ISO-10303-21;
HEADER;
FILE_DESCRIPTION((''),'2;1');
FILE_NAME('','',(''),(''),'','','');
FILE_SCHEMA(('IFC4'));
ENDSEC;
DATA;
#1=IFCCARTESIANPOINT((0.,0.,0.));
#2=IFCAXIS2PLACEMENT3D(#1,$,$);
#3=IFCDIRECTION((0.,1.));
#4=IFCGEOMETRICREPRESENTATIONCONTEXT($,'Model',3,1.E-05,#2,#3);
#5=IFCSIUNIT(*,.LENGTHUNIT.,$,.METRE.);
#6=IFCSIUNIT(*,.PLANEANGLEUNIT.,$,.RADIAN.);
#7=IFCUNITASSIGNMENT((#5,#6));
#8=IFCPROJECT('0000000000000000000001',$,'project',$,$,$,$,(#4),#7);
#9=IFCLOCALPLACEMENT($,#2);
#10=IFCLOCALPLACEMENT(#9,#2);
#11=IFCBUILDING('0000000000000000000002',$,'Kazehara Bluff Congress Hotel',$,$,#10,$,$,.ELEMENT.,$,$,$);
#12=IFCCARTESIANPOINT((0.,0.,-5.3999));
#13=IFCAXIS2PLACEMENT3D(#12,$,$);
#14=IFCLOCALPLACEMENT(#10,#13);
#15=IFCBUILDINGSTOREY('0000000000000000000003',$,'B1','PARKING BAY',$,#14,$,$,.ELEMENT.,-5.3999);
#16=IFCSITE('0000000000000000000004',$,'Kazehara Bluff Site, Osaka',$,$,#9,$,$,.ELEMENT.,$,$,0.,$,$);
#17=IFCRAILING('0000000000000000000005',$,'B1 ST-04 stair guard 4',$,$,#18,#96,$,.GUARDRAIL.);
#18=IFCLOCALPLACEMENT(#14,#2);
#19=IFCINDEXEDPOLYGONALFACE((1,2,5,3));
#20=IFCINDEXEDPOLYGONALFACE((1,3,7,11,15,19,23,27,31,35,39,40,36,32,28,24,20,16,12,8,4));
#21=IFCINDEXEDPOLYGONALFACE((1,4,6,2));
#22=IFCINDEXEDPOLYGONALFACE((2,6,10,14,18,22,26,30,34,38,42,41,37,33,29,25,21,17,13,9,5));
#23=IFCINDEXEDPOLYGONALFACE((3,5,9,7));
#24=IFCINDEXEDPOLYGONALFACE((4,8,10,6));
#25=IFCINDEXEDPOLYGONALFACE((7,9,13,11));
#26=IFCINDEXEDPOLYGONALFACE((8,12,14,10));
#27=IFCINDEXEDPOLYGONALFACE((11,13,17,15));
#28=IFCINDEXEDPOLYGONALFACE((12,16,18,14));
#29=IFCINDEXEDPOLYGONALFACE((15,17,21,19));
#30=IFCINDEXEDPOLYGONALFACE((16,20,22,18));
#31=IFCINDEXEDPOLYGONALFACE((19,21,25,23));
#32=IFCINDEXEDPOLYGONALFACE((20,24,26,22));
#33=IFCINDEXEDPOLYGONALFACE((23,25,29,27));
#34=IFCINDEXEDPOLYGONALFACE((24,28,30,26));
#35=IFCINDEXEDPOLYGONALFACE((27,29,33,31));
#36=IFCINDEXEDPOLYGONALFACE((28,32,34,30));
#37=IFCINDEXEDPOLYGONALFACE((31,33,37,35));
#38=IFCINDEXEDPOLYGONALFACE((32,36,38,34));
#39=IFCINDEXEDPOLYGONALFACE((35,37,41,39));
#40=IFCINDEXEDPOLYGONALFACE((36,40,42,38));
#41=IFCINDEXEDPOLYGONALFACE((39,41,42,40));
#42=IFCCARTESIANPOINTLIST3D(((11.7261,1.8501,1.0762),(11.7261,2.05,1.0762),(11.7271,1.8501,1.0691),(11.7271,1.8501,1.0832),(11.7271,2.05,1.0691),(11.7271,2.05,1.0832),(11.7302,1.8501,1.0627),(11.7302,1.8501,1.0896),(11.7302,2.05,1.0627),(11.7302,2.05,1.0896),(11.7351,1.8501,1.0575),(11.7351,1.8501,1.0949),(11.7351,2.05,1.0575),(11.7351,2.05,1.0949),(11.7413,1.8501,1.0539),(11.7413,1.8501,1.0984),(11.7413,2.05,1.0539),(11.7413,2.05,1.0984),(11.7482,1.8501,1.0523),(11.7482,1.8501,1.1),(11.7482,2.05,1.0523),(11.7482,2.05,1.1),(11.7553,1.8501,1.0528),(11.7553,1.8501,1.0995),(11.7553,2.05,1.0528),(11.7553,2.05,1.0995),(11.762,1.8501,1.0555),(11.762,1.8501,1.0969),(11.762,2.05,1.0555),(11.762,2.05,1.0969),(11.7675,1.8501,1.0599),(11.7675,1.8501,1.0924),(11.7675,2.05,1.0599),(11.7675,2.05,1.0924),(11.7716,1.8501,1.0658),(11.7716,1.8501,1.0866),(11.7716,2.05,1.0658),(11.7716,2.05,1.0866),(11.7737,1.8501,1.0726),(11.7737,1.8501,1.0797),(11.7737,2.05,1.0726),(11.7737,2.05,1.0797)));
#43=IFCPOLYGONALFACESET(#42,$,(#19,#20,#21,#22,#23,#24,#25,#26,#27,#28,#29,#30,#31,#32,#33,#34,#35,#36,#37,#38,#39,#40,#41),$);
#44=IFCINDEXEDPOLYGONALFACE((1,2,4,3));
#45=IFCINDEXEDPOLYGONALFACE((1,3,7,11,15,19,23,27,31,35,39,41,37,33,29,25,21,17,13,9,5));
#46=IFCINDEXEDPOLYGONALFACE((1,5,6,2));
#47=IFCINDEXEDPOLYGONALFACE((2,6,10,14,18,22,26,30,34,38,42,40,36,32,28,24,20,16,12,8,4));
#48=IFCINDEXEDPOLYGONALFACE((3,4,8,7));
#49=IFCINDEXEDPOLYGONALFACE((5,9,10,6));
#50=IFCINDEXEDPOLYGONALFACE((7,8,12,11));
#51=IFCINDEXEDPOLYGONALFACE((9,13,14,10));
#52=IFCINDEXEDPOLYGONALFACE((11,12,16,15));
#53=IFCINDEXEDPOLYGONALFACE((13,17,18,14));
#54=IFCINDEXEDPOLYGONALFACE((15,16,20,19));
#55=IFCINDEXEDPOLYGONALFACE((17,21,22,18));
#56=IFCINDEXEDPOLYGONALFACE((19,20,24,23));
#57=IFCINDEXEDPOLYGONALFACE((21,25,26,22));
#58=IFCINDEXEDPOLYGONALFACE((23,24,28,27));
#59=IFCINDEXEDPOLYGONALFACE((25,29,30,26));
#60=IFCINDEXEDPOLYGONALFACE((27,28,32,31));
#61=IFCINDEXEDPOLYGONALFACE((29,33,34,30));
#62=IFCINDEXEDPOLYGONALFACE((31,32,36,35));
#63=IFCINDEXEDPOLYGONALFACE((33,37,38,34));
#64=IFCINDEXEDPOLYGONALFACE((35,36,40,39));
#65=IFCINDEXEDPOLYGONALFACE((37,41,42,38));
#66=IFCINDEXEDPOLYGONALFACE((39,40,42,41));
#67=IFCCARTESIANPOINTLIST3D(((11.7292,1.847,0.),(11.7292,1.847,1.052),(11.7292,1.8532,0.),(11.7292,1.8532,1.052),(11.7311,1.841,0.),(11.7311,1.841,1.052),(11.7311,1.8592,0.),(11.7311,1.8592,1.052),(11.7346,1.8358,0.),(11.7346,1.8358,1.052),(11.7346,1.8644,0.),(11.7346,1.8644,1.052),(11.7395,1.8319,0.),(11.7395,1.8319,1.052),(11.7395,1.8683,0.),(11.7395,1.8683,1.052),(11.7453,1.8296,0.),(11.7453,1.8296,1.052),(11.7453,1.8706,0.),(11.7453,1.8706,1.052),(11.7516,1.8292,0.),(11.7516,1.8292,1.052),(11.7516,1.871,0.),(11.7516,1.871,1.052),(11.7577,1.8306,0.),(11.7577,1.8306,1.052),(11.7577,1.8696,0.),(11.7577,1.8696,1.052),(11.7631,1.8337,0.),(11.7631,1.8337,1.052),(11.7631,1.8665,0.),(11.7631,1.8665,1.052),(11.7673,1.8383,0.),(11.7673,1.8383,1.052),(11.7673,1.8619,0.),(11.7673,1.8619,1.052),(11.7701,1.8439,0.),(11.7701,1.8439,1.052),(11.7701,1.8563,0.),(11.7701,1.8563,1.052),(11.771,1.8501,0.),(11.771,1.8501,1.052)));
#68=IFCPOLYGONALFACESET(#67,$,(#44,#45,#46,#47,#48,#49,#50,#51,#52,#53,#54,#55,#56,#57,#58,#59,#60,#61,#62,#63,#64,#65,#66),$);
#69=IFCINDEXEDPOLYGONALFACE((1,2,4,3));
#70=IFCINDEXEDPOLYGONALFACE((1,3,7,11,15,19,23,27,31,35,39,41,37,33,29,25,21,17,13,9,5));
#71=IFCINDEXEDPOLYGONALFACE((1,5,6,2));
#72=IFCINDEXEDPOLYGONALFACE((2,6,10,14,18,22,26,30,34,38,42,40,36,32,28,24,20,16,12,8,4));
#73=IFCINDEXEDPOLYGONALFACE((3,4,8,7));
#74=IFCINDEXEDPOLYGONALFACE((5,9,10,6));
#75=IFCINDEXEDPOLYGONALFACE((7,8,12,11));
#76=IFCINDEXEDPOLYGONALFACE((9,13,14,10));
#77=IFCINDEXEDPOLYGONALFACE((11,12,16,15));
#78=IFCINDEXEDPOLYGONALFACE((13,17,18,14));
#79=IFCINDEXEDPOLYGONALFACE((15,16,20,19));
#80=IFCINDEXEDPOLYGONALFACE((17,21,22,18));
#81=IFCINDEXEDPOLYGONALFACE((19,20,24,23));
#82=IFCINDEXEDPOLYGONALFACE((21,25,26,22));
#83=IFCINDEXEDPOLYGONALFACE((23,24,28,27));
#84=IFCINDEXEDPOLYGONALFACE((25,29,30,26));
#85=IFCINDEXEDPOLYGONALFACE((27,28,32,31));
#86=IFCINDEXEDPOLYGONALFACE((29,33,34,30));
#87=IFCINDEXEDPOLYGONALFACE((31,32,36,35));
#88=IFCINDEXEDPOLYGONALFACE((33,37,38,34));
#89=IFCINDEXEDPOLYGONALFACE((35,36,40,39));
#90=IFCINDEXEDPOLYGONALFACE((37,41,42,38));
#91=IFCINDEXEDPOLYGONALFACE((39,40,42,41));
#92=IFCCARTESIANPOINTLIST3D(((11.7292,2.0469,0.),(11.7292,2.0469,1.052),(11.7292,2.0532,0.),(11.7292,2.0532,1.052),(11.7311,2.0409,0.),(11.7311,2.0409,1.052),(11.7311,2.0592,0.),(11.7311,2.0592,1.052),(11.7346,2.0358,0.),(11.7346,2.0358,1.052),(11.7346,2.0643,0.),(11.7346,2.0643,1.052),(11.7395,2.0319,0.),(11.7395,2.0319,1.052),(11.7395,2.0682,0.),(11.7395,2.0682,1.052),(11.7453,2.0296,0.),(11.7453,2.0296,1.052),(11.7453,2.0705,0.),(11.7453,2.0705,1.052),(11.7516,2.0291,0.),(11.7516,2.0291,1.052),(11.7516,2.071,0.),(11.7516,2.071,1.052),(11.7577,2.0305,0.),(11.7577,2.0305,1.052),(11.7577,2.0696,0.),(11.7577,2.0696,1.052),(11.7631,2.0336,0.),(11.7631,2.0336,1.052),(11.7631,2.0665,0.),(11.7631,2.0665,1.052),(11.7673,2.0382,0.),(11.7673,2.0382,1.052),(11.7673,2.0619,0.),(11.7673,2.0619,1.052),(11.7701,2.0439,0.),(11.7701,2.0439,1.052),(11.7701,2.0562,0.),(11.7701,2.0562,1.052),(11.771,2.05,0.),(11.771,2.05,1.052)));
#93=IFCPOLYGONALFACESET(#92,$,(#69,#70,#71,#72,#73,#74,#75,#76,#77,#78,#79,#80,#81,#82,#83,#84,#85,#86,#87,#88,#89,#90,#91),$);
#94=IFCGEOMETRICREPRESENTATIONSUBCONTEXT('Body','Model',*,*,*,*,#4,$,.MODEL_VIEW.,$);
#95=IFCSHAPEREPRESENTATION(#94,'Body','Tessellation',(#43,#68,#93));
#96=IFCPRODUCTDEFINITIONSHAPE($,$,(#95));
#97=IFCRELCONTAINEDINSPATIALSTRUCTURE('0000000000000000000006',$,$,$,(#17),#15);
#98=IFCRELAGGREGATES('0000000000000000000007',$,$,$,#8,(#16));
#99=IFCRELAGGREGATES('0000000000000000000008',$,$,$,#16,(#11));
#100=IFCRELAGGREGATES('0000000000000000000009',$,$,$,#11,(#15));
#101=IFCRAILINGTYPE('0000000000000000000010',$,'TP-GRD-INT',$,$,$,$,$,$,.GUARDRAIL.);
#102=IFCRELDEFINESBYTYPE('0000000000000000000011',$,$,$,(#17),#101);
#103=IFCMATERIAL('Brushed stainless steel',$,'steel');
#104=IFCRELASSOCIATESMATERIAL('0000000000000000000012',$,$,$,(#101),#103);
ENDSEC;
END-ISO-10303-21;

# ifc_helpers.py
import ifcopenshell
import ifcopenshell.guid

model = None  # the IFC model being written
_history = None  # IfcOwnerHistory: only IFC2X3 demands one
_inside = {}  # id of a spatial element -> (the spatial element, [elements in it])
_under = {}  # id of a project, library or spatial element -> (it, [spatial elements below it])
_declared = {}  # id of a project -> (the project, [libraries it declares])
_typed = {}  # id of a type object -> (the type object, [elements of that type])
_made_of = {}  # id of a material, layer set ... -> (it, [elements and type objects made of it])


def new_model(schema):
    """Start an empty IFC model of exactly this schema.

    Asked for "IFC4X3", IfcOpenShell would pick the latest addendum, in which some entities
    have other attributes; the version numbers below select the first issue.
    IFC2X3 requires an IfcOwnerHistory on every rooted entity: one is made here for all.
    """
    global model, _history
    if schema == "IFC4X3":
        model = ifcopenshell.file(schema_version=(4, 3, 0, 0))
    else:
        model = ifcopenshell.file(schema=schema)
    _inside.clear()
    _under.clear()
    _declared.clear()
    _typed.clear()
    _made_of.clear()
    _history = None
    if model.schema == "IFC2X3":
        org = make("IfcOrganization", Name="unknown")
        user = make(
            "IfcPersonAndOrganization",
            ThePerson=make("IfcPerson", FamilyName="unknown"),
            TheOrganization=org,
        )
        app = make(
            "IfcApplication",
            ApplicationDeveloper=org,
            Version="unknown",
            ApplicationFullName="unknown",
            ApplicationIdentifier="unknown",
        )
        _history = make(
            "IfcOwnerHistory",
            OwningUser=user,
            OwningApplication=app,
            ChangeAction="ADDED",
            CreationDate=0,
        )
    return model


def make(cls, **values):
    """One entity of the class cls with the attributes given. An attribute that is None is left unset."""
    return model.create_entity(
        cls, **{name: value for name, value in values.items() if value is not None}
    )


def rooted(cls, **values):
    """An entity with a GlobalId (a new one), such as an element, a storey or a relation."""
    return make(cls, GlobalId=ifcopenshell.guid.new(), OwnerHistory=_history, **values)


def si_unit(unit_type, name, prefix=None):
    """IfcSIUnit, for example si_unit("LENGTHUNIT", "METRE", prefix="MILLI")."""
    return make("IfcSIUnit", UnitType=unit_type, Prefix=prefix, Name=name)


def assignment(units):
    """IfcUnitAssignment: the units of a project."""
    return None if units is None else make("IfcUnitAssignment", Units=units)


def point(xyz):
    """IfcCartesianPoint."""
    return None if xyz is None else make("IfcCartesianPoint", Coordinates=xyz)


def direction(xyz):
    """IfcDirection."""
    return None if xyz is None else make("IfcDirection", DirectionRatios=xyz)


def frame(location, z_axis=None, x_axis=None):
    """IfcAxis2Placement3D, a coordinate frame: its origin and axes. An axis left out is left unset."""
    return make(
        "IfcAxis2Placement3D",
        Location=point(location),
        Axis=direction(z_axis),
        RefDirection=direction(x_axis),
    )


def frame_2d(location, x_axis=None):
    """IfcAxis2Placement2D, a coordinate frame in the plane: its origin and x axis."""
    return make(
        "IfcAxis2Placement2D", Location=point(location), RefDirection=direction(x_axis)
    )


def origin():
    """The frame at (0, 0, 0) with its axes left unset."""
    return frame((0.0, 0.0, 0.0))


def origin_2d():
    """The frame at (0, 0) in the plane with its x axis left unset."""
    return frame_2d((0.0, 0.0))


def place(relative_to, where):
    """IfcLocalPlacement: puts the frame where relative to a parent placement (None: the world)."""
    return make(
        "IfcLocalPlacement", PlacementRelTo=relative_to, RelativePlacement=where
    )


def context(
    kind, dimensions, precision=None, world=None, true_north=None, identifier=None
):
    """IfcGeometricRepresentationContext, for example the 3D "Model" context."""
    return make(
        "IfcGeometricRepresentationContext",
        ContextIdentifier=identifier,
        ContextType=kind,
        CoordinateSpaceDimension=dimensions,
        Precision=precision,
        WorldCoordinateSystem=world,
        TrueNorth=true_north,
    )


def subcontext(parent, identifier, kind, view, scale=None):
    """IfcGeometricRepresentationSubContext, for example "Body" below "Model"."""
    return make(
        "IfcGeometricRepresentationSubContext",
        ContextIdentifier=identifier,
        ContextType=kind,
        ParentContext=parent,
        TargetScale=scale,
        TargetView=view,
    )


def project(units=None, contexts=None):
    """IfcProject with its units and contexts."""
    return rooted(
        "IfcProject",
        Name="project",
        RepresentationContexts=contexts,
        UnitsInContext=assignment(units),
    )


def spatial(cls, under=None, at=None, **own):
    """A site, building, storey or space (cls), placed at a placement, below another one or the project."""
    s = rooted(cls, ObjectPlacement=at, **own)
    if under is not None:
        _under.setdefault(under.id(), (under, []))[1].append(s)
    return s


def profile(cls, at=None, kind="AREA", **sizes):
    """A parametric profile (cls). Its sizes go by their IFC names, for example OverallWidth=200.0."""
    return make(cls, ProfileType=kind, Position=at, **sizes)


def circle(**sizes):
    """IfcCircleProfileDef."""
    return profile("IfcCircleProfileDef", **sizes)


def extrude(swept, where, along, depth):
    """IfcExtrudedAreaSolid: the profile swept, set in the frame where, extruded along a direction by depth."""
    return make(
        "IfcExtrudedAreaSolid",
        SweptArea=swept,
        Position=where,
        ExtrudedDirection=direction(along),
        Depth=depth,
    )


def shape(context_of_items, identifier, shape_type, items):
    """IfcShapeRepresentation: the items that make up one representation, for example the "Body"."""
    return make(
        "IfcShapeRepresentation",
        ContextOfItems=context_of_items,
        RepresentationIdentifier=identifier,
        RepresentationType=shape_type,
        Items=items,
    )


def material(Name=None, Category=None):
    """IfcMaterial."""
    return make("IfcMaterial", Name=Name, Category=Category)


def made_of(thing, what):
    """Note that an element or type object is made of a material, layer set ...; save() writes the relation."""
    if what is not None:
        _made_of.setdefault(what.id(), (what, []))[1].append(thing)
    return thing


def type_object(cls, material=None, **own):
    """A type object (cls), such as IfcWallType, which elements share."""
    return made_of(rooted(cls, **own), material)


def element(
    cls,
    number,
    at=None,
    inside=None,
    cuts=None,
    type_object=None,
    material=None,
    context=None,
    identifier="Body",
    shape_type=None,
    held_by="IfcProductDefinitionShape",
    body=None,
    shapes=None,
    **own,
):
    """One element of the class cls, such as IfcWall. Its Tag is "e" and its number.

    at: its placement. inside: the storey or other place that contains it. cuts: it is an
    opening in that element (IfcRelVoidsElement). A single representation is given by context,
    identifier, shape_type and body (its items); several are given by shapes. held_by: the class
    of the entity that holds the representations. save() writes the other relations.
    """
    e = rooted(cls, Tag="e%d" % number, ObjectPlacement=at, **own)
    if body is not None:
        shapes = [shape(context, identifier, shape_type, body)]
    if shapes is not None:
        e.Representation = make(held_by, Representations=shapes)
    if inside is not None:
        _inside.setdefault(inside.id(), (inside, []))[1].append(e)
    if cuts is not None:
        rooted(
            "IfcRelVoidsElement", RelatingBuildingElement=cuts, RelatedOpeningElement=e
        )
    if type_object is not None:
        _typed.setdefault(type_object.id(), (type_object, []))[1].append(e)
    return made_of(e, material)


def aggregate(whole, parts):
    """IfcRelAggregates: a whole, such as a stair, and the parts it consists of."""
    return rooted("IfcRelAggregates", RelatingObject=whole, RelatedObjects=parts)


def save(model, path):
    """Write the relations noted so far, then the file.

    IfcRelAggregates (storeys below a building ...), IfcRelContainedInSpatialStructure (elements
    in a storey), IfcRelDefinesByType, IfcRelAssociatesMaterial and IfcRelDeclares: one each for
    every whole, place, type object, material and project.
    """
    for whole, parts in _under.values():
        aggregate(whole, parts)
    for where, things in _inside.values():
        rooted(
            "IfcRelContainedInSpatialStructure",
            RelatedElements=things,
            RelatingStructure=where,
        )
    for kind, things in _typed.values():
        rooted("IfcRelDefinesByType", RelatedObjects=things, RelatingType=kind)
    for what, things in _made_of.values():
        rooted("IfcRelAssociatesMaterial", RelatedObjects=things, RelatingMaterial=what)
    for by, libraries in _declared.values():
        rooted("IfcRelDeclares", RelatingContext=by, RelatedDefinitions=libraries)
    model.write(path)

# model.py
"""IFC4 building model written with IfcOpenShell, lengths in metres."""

from ifc_helpers import new_model, si_unit, direction, frame, origin, origin_2d, place, context, subcontext, project, spatial, circle, extrude, material, type_object, element, save


model = new_model("IFC4")

# Units and contexts
model_context = context("Model", 3, precision=1e-05, world=origin(), true_north=direction((0.0, 1.0)))
body_context = subcontext(model_context, "Body", "Model", "MODEL_VIEW")
ifc_project = project(units=[si_unit("LENGTHUNIT", "METRE"), si_unit("PLANEANGLEUNIT", "RADIAN")], contexts=[model_context])

# Site, building, storey
site_placement = place(None, origin())
site = spatial("IfcSite", under=ifc_project, at=site_placement, Name="Kazehara Bluff Site, Osaka", CompositionType="ELEMENT", RefElevation=0.0)
building_placement = place(site_placement, origin())
building = spatial("IfcBuilding", under=site, at=building_placement, Name="Kazehara Bluff Congress Hotel", CompositionType="ELEMENT")
storey_placement = place(building_placement, frame((0.0, 0.0, -5.3999)))
storey = spatial("IfcBuildingStorey", under=building, at=storey_placement, Name="B1", Description="PARKING BAY", CompositionType="ELEMENT", Elevation=-5.3999)

# Railing
ifc_material_1 = material(Name="Brushed stainless steel", Category="steel")
railing_type_1 = type_object("IfcRailingType", Name="TP-GRD-INT", PredefinedType="GUARDRAIL", material=ifc_material_1)
railing_1_placement = place(storey_placement, frame((11.75, 1.8501, 0.0)))
element("IfcRailing", 1, at=railing_1_placement, inside=storey, type_object=railing_type_1, Name="B1 ST-04 stair guard 4", PredefinedType="GUARDRAIL", context=body_context, shape_type="SweptSolid", body=[
    extrude(circle(Radius=0.0239, at=origin_2d()), frame((0.0, 0.0, 1.0762), z_axis=(0.0, 1.0, 0.0), x_axis=(-1.0, 0.0, 0.0)), (0.0, 0.0, 1.0), 0.2),
    extrude(circle(Radius=0.021, at=origin_2d()), origin(), (0.0, 0.0, 1.0), 1.052),
    extrude(circle(Radius=0.021, at=origin_2d()), frame((0.0, 0.2, 0.0)), (0.0, 0.0, 1.0), 1.052),
])

save(model, "model.ifc")
